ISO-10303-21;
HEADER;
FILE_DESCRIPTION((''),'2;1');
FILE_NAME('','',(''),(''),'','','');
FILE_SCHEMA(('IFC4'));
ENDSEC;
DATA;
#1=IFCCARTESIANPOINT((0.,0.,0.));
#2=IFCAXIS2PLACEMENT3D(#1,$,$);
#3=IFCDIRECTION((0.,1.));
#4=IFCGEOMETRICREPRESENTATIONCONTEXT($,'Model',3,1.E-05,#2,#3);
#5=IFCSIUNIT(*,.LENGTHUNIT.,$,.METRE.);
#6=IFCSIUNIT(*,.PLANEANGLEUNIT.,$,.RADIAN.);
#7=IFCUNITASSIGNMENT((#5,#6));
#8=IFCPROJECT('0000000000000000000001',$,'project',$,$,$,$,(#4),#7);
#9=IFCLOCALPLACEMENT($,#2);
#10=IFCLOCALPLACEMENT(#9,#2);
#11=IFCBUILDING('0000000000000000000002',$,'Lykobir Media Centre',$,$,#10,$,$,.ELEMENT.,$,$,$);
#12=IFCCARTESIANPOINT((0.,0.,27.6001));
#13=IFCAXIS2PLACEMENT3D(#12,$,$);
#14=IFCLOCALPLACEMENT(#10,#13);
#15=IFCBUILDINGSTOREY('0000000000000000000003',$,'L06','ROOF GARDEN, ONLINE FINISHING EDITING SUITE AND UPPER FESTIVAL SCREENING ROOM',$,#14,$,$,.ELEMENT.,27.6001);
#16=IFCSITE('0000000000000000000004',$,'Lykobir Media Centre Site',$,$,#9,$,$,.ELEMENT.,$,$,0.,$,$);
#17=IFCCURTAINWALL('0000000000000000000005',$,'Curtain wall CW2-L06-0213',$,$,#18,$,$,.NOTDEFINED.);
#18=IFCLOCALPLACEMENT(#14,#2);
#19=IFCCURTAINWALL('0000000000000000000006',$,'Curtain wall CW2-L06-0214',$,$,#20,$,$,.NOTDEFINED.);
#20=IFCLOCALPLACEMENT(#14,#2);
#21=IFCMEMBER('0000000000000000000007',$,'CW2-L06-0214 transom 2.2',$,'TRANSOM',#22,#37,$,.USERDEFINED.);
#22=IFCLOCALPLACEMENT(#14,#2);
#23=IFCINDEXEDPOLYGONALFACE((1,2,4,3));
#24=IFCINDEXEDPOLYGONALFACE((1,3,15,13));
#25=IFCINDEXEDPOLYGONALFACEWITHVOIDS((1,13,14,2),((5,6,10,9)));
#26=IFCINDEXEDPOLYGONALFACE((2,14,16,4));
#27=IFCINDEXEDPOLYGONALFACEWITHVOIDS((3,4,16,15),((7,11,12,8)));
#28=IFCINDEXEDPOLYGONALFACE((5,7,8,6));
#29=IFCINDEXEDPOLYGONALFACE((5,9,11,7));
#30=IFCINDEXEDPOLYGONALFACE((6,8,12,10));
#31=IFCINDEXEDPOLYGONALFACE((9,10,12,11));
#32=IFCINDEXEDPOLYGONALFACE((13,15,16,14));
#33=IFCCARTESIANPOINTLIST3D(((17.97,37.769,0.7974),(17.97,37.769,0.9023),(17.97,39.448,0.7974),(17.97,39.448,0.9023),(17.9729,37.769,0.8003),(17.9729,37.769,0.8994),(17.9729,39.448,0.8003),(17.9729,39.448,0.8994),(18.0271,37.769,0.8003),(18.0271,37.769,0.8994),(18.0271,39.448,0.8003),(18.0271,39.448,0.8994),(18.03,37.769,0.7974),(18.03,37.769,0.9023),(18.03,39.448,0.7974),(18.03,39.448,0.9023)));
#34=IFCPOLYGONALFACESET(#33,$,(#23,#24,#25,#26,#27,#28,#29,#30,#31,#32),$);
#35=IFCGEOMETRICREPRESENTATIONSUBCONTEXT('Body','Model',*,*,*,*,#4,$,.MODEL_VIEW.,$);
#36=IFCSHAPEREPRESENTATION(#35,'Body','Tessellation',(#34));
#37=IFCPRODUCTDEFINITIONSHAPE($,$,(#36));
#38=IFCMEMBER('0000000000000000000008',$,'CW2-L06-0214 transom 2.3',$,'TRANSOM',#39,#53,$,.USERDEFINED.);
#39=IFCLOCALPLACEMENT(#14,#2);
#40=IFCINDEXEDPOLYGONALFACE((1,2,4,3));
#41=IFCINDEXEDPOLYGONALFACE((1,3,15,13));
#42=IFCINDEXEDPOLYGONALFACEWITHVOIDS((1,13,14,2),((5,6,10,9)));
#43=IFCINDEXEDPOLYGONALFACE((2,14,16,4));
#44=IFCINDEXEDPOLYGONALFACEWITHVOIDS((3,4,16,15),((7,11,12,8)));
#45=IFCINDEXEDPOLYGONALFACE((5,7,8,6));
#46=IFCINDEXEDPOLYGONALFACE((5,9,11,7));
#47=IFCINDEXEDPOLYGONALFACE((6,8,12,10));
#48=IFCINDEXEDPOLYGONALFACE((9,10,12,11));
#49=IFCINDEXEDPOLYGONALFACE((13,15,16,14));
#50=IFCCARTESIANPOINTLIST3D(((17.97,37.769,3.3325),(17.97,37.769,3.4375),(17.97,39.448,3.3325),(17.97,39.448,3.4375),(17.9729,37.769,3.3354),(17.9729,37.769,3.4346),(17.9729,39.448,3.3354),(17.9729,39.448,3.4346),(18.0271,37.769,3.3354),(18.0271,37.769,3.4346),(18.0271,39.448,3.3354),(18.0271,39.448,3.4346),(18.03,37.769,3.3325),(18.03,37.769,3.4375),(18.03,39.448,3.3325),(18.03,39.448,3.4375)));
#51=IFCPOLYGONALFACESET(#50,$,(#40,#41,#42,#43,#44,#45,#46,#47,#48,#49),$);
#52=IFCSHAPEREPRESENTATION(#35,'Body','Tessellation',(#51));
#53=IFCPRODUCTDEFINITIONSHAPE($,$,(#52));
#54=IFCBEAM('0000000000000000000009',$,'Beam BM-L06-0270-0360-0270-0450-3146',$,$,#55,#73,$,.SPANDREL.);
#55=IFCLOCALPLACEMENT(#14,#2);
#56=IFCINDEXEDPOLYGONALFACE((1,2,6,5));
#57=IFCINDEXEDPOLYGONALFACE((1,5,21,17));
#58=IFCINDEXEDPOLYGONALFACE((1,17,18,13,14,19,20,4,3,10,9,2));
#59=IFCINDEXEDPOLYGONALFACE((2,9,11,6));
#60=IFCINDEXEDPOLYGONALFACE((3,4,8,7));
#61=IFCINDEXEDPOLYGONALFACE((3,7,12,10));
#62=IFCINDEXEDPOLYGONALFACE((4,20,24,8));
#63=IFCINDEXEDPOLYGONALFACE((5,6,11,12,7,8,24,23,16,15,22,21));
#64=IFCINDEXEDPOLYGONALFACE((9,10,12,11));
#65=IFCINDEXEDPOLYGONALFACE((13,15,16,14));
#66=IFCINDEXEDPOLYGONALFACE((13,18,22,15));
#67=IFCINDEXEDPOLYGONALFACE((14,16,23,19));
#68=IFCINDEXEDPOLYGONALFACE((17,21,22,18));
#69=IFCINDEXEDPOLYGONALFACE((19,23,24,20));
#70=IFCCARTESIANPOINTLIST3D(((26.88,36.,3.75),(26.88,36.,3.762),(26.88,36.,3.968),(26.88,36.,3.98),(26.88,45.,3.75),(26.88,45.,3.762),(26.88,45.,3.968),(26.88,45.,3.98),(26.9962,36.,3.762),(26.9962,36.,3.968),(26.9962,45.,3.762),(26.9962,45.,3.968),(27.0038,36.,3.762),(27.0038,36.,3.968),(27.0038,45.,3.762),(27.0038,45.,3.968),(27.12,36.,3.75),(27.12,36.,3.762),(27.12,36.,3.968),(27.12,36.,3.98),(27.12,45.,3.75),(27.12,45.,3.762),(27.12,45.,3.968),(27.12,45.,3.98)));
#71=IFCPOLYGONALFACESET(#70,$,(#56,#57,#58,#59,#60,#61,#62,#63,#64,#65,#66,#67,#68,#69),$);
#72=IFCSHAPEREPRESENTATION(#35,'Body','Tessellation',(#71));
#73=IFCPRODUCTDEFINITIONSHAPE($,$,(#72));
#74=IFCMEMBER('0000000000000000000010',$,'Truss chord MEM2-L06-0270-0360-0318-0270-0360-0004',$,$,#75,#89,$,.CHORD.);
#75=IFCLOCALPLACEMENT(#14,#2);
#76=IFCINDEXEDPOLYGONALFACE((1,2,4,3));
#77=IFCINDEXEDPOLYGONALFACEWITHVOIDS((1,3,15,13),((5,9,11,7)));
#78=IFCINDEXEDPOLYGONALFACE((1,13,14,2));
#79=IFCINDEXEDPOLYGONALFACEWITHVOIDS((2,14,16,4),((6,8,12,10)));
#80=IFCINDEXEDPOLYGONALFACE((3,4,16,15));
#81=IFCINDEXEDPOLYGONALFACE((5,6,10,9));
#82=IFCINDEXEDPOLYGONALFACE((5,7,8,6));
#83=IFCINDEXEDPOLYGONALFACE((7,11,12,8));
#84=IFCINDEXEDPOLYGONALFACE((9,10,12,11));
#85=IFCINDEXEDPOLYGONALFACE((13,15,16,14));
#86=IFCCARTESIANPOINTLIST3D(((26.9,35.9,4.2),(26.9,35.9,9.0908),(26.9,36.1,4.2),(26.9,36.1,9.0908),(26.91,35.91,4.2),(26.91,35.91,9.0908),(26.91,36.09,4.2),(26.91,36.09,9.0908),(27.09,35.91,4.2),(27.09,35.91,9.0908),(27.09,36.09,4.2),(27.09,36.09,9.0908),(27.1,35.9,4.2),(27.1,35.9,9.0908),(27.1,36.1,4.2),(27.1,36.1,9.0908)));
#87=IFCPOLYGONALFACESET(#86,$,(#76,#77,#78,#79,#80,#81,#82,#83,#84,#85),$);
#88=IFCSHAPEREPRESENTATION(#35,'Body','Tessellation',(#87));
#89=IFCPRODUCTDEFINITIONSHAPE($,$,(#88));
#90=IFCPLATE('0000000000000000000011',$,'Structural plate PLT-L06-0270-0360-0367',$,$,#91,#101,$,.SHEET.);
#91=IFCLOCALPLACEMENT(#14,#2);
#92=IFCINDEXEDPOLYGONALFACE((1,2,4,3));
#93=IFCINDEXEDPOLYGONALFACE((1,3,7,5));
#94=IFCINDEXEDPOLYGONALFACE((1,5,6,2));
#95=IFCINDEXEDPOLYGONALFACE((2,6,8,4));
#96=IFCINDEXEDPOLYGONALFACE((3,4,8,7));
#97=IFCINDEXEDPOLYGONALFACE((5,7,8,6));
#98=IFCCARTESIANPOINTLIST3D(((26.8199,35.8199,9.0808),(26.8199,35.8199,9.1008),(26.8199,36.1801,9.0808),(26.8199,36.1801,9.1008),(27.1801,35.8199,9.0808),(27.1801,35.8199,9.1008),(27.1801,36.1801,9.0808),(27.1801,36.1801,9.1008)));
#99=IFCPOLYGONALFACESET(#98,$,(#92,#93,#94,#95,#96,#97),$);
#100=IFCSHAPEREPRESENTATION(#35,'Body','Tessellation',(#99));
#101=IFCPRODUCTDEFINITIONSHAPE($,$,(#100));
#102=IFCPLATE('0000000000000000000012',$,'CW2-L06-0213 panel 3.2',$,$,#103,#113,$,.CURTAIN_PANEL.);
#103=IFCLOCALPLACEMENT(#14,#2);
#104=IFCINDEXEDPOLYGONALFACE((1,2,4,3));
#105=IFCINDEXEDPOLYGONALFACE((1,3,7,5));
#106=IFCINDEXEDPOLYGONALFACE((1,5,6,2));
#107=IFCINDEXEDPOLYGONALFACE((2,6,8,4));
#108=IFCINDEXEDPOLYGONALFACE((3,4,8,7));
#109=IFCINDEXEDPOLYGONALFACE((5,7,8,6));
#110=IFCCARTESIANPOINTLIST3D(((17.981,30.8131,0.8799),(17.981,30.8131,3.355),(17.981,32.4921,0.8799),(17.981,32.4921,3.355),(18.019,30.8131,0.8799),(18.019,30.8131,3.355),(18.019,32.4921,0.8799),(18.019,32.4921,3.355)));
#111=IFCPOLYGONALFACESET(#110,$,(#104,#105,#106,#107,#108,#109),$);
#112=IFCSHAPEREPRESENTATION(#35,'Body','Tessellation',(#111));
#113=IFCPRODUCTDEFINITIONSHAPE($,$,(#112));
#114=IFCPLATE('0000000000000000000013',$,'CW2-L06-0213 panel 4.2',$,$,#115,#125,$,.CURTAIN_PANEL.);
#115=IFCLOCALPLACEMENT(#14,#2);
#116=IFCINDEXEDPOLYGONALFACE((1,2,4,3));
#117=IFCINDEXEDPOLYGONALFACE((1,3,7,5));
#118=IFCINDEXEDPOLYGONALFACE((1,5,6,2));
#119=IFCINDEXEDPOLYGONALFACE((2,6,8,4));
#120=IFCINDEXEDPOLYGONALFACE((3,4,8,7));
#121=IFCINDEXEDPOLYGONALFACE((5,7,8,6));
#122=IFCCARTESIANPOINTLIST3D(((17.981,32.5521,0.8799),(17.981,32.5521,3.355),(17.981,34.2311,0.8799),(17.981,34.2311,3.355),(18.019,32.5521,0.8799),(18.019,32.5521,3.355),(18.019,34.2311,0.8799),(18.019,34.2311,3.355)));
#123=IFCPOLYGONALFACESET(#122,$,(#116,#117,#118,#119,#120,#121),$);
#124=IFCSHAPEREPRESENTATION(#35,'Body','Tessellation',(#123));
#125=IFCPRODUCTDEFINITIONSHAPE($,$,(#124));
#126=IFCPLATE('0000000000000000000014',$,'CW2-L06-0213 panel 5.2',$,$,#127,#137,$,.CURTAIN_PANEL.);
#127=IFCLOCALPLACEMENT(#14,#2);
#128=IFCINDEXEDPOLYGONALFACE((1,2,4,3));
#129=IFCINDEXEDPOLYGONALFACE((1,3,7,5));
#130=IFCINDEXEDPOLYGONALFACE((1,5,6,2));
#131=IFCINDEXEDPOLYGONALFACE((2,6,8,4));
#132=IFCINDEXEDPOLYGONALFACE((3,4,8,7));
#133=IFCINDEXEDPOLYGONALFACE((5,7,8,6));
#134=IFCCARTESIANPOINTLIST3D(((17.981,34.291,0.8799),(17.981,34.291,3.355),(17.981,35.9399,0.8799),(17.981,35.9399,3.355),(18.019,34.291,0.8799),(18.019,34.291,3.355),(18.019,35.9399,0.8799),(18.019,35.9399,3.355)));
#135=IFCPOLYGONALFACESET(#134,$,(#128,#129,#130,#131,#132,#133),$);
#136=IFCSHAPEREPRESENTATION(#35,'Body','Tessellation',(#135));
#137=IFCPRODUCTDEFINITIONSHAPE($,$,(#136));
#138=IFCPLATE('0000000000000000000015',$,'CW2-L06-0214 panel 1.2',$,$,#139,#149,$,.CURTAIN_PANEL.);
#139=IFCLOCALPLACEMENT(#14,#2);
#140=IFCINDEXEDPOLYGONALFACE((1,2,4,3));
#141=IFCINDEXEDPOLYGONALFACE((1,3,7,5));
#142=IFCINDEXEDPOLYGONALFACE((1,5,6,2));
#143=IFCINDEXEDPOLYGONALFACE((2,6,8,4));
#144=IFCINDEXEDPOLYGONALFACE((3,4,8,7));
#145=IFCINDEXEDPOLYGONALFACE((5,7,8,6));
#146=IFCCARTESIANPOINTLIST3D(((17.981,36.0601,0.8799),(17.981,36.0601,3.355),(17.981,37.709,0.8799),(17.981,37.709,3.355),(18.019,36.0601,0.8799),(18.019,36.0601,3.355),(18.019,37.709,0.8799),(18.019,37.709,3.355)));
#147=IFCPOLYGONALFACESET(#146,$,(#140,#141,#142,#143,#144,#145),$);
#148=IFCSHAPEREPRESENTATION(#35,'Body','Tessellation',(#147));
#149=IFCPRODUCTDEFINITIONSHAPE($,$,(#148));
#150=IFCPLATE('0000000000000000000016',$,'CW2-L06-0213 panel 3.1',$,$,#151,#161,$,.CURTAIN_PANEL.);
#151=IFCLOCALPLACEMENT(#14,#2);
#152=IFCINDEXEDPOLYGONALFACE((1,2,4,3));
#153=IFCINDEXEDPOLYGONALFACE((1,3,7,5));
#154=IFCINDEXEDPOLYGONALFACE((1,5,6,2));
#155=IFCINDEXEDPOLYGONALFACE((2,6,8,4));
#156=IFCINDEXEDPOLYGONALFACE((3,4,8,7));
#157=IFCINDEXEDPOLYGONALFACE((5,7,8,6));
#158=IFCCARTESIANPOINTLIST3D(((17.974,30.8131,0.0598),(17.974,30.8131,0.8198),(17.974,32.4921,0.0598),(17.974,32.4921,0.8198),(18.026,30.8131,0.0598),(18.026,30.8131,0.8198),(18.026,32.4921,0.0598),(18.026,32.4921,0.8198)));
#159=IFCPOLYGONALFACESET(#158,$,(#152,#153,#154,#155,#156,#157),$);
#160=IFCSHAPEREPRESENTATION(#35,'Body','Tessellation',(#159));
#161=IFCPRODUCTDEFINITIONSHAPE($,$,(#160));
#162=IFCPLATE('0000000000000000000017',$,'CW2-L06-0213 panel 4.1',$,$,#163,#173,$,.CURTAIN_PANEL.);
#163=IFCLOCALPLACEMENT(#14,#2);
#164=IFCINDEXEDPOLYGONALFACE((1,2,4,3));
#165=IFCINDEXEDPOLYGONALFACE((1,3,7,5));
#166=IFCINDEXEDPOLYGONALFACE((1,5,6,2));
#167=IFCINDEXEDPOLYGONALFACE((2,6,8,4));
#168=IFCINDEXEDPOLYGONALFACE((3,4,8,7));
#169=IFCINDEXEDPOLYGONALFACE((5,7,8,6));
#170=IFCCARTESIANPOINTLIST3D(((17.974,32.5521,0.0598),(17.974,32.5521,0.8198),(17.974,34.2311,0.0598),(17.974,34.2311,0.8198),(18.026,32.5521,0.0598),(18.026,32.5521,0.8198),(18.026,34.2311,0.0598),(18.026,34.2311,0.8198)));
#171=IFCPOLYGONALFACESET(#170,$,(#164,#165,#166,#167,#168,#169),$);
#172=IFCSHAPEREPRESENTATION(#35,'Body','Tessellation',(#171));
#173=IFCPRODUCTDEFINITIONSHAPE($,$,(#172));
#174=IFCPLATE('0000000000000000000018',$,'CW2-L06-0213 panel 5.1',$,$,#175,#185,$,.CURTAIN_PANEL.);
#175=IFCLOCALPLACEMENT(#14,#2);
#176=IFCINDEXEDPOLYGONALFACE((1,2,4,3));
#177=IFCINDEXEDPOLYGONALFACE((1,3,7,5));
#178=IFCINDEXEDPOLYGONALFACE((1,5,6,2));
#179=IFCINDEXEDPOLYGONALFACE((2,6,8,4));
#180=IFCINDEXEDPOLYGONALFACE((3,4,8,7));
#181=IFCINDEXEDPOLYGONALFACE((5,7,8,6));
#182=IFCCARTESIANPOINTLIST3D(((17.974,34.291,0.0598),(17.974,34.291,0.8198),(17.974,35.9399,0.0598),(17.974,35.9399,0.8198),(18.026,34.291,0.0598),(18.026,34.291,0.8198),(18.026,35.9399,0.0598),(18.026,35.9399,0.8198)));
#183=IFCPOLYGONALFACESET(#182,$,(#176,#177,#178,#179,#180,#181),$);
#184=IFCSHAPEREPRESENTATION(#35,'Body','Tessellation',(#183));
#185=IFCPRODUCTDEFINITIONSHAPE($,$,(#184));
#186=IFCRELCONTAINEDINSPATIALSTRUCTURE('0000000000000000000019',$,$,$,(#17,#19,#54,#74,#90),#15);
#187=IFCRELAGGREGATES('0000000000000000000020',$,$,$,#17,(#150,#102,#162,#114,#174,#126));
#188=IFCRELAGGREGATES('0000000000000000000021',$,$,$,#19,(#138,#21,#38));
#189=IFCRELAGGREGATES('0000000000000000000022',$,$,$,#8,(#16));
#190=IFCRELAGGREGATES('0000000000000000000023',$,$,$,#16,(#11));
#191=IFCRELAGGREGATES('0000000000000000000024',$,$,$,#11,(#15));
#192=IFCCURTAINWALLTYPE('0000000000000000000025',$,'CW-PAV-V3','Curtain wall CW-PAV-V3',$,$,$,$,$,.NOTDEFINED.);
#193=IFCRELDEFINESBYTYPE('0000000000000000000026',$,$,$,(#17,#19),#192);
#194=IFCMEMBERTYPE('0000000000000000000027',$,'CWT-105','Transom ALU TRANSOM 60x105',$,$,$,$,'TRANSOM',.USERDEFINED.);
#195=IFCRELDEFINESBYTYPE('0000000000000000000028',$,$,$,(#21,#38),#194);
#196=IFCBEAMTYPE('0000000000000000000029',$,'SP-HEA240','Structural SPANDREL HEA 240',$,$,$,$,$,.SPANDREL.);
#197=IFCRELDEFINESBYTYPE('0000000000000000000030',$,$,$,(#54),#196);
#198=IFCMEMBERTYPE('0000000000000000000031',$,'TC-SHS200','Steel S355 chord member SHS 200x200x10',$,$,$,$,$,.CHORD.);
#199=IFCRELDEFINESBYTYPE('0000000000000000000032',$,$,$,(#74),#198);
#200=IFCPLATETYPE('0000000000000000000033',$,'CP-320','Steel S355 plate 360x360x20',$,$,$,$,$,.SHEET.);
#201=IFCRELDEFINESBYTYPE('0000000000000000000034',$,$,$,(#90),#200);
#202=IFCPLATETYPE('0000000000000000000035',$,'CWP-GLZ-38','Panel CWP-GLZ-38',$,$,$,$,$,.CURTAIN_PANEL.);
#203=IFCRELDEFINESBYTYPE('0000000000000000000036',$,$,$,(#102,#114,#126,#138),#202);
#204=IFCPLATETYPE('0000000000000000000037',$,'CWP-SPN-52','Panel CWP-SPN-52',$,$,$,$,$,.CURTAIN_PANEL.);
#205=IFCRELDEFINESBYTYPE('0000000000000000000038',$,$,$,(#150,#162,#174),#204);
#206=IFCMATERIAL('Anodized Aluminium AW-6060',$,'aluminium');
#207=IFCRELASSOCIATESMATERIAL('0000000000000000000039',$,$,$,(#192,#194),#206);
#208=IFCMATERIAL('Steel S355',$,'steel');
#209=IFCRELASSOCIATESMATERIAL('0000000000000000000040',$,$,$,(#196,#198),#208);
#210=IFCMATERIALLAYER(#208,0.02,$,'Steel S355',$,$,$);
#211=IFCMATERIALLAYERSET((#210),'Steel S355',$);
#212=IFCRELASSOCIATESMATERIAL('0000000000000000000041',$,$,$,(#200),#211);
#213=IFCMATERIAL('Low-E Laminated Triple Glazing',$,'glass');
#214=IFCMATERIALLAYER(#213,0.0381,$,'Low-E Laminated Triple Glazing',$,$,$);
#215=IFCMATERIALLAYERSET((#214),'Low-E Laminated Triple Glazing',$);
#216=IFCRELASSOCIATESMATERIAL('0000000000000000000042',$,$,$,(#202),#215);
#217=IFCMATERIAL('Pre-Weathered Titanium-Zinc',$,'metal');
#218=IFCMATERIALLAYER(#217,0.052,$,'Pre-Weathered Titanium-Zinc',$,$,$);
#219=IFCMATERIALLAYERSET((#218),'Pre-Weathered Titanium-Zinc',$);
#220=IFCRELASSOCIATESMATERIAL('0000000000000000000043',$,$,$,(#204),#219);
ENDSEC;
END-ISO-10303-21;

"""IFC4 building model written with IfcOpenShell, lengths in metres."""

from ifc_helpers import new_model, si_unit, direction, frame, origin, origin_2d, place, context, subcontext, project, spatial, rectangle, hollow_rectangle, i_section, extrude, material, layer, layer_set, material_profile, profile_set, type_object, element, aggregate, save


model = new_model("IFC4")

# Units and contexts
model_context = context("Model", 3, precision=1e-05, world=origin(), true_north=direction((0.0, 1.0)))
body_context = subcontext(model_context, "Body", "Model", "MODEL_VIEW")
ifc_project = project(units=[si_unit("LENGTHUNIT", "METRE"), si_unit("PLANEANGLEUNIT", "RADIAN")], contexts=[model_context])

# Site, building, storey
site_placement = place(None, origin())
site = spatial("IfcSite", under=ifc_project, at=site_placement, Name="Lykobir Media Centre Site", CompositionType="ELEMENT", RefElevation=0.0)
building_placement = place(site_placement, origin())
building = spatial("IfcBuilding", under=site, at=building_placement, Name="Lykobir Media Centre", CompositionType="ELEMENT")
storey_placement = place(building_placement, frame((0.0, 0.0, 27.6001)))
storey = spatial("IfcBuildingStorey", under=building, at=storey_placement, Name="L06", Description="ROOF GARDEN, ONLINE FINISHING EDITING SUITE AND UPPER FESTIVAL SCREENING ROOM", CompositionType="ELEMENT", Elevation=27.6001)

# Shared definitions
ifc_material_1 = material(Name="Steel S355", Category="steel")

# Curtain walls
ifc_material_2 = material(Name="Anodized Aluminium AW-6060", Category="aluminium")
curtain_wall_type = type_object("IfcCurtainWallType", Name="CW-PAV-V3", Description="Curtain wall CW-PAV-V3", PredefinedType="NOTDEFINED", material=ifc_material_2)
curtain_wall_1_placement = place(storey_placement, origin())
curtain_wall_1 = element("IfcCurtainWall", 1, at=curtain_wall_1_placement, inside=storey, type_object=curtain_wall_type, Name="Curtain wall CW2-L06-0213", PredefinedType="NOTDEFINED")
curtain_wall_2_placement = place(storey_placement, origin())
curtain_wall_2 = element("IfcCurtainWall", 2, at=curtain_wall_2_placement, inside=storey, type_object=curtain_wall_type, Name="Curtain wall CW2-L06-0214", PredefinedType="NOTDEFINED")

# Members
ifc_material_profile_1 = material_profile(ifc_material_2, hollow_rectangle(XDim=0.0601, YDim=0.105, WallThickness=0.0029, at=origin_2d()), Name="ALU TRANSOM 60x105")
ifc_profile_set_1 = profile_set([ifc_material_profile_1], Name="Anodized Aluminium AW-6060")
member_type_1 = type_object("IfcMemberType", Name="CWT-105", Description="Transom ALU TRANSOM 60x105", ElementType="TRANSOM", PredefinedType="USERDEFINED", material=ifc_profile_set_1)
member_1_placement = place(storey_placement, frame((18.0, 37.769, 0.8499), z_axis=(0.0, 1.0, 0.0), x_axis=(-1.0, 0.0, 0.0)))
member_1 = element("IfcMember", 3, at=member_1_placement, type_object=member_type_1, Name="CW2-L06-0214 transom 2.2", ObjectType="TRANSOM", PredefinedType="USERDEFINED", context=body_context, shape_type="SweptSolid", body=[
    extrude(hollow_rectangle(XDim=0.0601, YDim=0.105, WallThickness=0.0029, at=origin_2d()), origin(), (0.0, 0.0, 1.0), 1.679),
])
member_2_placement = place(storey_placement, frame((18.0, 37.769, 3.385), z_axis=(0.0, 1.0, 0.0), x_axis=(-1.0, 0.0, 0.0)))
member_2 = element("IfcMember", 4, at=member_2_placement, type_object=member_type_1, Name="CW2-L06-0214 transom 2.3", ObjectType="TRANSOM", PredefinedType="USERDEFINED", context=body_context, shape_type="SweptSolid", body=[
    extrude(hollow_rectangle(XDim=0.0601, YDim=0.105, WallThickness=0.0029, at=origin_2d()), origin(), (0.0, 0.0, 1.0), 1.679),
])

# Beam
ifc_material_profile_2 = material_profile(ifc_material_1, i_section(OverallWidth=0.24, OverallDepth=0.23, WebThickness=0.0076, FlangeThickness=0.012, at=origin_2d()), Name="HEA 240")
ifc_profile_set_2 = profile_set([ifc_material_profile_2], Name="Steel S355")
beam_type_1 = type_object("IfcBeamType", Name="SP-HEA240", Description="Structural SPANDREL HEA 240", PredefinedType="SPANDREL", material=ifc_profile_set_2)
beam_1_placement = place(storey_placement, frame((27.0, 36.0, 3.865), z_axis=(0.0, 1.0, 0.0), x_axis=(-1.0, 0.0, 0.0)))
element("IfcBeam", 5, at=beam_1_placement, inside=storey, type_object=beam_type_1, Name="Beam BM-L06-0270-0360-0270-0450-3146", PredefinedType="SPANDREL", context=body_context, shape_type="SweptSolid", body=[
    extrude(i_section(OverallWidth=0.24, OverallDepth=0.23, WebThickness=0.0076, FlangeThickness=0.012, at=origin_2d()), origin(), (0.0, 0.0, 1.0), 9.0),
])

# Member
ifc_material_profile_3 = material_profile(ifc_material_1, hollow_rectangle(XDim=0.2, YDim=0.2, WallThickness=0.01, at=origin_2d()), Name="SHS 200x200x10")
ifc_profile_set_3 = profile_set([ifc_material_profile_3], Name="Steel S355")
member_type_2 = type_object("IfcMemberType", Name="TC-SHS200", Description="Steel S355 chord member SHS 200x200x10", PredefinedType="CHORD", material=ifc_profile_set_3)
member_3_placement = place(storey_placement, frame((27.0, 36.0, 4.2), z_axis=(0.0, 0.0, 1.0), x_axis=(1.0, 0.0, 0.0)))
element("IfcMember", 6, at=member_3_placement, inside=storey, type_object=member_type_2, Name="Truss chord MEM2-L06-0270-0360-0318-0270-0360-0004", PredefinedType="CHORD", context=body_context, shape_type="SweptSolid", body=[
    extrude(hollow_rectangle(XDim=0.2, YDim=0.2, WallThickness=0.01, at=origin_2d()), origin(), (0.0, 0.0, 1.0), 4.8909),
])

# Plates
ifc_layer_1 = layer(ifc_material_1, 0.02, Name="Steel S355")
ifc_layer_set_1 = layer_set([ifc_layer_1], Name="Steel S355")
plate_type_1 = type_object("IfcPlateType", Name="CP-320", Description="Steel S355 plate 360x360x20", PredefinedType="SHEET", material=ifc_layer_set_1)
plate_1_placement = place(storey_placement, frame((27.0, 36.0, 9.0808), z_axis=(0.0, 0.0, 1.0), x_axis=(1.0, 0.0, 0.0)))
element("IfcPlate", 7, at=plate_1_placement, inside=storey, type_object=plate_type_1, Name="Structural plate PLT-L06-0270-0360-0367", PredefinedType="SHEET", context=body_context, shape_type="SweptSolid", body=[
    extrude(rectangle(XDim=0.3601, YDim=0.3601, at=origin_2d()), origin(), (0.0, 0.0, 1.0), 0.02),
])
ifc_material_3 = material(Name="Low-E Laminated Triple Glazing", Category="glass")
ifc_layer_2 = layer(ifc_material_3, 0.0381, Name="Low-E Laminated Triple Glazing")
ifc_layer_set_2 = layer_set([ifc_layer_2], Name="Low-E Laminated Triple Glazing")
plate_type_2 = type_object("IfcPlateType", Name="CWP-GLZ-38", Description="Panel CWP-GLZ-38", PredefinedType="CURTAIN_PANEL", material=ifc_layer_set_2)
plate_2_placement = place(storey_placement, frame((18.0, 31.6526, 0.8799), z_axis=(0.0, 0.0, 1.0), x_axis=(0.0, 1.0, 0.0)))
plate_2 = element("IfcPlate", 8, at=plate_2_placement, type_object=plate_type_2, Name="CW2-L06-0213 panel 3.2", PredefinedType="CURTAIN_PANEL", context=body_context, shape_type="SweptSolid", body=[
    extrude(rectangle(XDim=1.679, YDim=0.0381, at=origin_2d()), origin(), (0.0, 0.0, 1.0), 2.4751),
])
plate_3_placement = place(storey_placement, frame((18.0, 33.3916, 0.8799), z_axis=(0.0, 0.0, 1.0), x_axis=(0.0, 1.0, 0.0)))
plate_3 = element("IfcPlate", 9, at=plate_3_placement, type_object=plate_type_2, Name="CW2-L06-0213 panel 4.2", PredefinedType="CURTAIN_PANEL", context=body_context, shape_type="SweptSolid", body=[
    extrude(rectangle(XDim=1.679, YDim=0.0381, at=origin_2d()), origin(), (0.0, 0.0, 1.0), 2.4751),
])
plate_4_placement = place(storey_placement, frame((18.0, 35.1155, 0.8799), z_axis=(0.0, 0.0, 1.0), x_axis=(0.0, 1.0, 0.0)))
plate_4 = element("IfcPlate", 10, at=plate_4_placement, type_object=plate_type_2, Name="CW2-L06-0213 panel 5.2", PredefinedType="CURTAIN_PANEL", context=body_context, shape_type="SweptSolid", body=[
    extrude(rectangle(XDim=1.6489, YDim=0.0381, at=origin_2d()), origin(), (0.0, 0.0, 1.0), 2.4751),
])
plate_5_placement = place(storey_placement, frame((18.0, 36.8845, 0.8799), z_axis=(0.0, 0.0, 1.0), x_axis=(0.0, 1.0, 0.0)))
plate_5 = element("IfcPlate", 11, at=plate_5_placement, type_object=plate_type_2, Name="CW2-L06-0214 panel 1.2", PredefinedType="CURTAIN_PANEL", context=body_context, shape_type="SweptSolid", body=[
    extrude(rectangle(XDim=1.6489, YDim=0.0381, at=origin_2d()), origin(), (0.0, 0.0, 1.0), 2.4751),
])
ifc_material_4 = material(Name="Pre-Weathered Titanium-Zinc", Category="metal")
ifc_layer_3 = layer(ifc_material_4, 0.052, Name="Pre-Weathered Titanium-Zinc")
ifc_layer_set_3 = layer_set([ifc_layer_3], Name="Pre-Weathered Titanium-Zinc")
plate_type_3 = type_object("IfcPlateType", Name="CWP-SPN-52", Description="Panel CWP-SPN-52", PredefinedType="CURTAIN_PANEL", material=ifc_layer_set_3)
plate_6_placement = place(storey_placement, frame((18.0, 31.6526, 0.0598), z_axis=(0.0, 0.0, 1.0), x_axis=(0.0, 1.0, 0.0)))
plate_6 = element("IfcPlate", 12, at=plate_6_placement, type_object=plate_type_3, Name="CW2-L06-0213 panel 3.1", PredefinedType="CURTAIN_PANEL", context=body_context, shape_type="SweptSolid", body=[
    extrude(rectangle(XDim=1.679, YDim=0.052, at=origin_2d()), origin(), (0.0, 0.0, 1.0), 0.76),
])
plate_7_placement = place(storey_placement, frame((18.0, 33.3916, 0.0598), z_axis=(0.0, 0.0, 1.0), x_axis=(0.0, 1.0, 0.0)))
plate_7 = element("IfcPlate", 13, at=plate_7_placement, type_object=plate_type_3, Name="CW2-L06-0213 panel 4.1", PredefinedType="CURTAIN_PANEL", context=body_context, shape_type="SweptSolid", body=[
    extrude(rectangle(XDim=1.679, YDim=0.052, at=origin_2d()), origin(), (0.0, 0.0, 1.0), 0.76),
])
plate_8_placement = place(storey_placement, frame((18.0, 35.1155, 0.0598), z_axis=(0.0, 0.0, 1.0), x_axis=(0.0, 1.0, 0.0)))
plate_8 = element("IfcPlate", 14, at=plate_8_placement, type_object=plate_type_3, Name="CW2-L06-0213 panel 5.1", PredefinedType="CURTAIN_PANEL", context=body_context, shape_type="SweptSolid", body=[
    extrude(rectangle(XDim=1.6489, YDim=0.052, at=origin_2d()), origin(), (0.0, 0.0, 1.0), 0.76),
])
aggregate(curtain_wall_1, [plate_6, plate_2, plate_7, plate_3, plate_8, plate_4])
aggregate(curtain_wall_2, [plate_5, member_1, member_2])

save(model, "model.ifc")
